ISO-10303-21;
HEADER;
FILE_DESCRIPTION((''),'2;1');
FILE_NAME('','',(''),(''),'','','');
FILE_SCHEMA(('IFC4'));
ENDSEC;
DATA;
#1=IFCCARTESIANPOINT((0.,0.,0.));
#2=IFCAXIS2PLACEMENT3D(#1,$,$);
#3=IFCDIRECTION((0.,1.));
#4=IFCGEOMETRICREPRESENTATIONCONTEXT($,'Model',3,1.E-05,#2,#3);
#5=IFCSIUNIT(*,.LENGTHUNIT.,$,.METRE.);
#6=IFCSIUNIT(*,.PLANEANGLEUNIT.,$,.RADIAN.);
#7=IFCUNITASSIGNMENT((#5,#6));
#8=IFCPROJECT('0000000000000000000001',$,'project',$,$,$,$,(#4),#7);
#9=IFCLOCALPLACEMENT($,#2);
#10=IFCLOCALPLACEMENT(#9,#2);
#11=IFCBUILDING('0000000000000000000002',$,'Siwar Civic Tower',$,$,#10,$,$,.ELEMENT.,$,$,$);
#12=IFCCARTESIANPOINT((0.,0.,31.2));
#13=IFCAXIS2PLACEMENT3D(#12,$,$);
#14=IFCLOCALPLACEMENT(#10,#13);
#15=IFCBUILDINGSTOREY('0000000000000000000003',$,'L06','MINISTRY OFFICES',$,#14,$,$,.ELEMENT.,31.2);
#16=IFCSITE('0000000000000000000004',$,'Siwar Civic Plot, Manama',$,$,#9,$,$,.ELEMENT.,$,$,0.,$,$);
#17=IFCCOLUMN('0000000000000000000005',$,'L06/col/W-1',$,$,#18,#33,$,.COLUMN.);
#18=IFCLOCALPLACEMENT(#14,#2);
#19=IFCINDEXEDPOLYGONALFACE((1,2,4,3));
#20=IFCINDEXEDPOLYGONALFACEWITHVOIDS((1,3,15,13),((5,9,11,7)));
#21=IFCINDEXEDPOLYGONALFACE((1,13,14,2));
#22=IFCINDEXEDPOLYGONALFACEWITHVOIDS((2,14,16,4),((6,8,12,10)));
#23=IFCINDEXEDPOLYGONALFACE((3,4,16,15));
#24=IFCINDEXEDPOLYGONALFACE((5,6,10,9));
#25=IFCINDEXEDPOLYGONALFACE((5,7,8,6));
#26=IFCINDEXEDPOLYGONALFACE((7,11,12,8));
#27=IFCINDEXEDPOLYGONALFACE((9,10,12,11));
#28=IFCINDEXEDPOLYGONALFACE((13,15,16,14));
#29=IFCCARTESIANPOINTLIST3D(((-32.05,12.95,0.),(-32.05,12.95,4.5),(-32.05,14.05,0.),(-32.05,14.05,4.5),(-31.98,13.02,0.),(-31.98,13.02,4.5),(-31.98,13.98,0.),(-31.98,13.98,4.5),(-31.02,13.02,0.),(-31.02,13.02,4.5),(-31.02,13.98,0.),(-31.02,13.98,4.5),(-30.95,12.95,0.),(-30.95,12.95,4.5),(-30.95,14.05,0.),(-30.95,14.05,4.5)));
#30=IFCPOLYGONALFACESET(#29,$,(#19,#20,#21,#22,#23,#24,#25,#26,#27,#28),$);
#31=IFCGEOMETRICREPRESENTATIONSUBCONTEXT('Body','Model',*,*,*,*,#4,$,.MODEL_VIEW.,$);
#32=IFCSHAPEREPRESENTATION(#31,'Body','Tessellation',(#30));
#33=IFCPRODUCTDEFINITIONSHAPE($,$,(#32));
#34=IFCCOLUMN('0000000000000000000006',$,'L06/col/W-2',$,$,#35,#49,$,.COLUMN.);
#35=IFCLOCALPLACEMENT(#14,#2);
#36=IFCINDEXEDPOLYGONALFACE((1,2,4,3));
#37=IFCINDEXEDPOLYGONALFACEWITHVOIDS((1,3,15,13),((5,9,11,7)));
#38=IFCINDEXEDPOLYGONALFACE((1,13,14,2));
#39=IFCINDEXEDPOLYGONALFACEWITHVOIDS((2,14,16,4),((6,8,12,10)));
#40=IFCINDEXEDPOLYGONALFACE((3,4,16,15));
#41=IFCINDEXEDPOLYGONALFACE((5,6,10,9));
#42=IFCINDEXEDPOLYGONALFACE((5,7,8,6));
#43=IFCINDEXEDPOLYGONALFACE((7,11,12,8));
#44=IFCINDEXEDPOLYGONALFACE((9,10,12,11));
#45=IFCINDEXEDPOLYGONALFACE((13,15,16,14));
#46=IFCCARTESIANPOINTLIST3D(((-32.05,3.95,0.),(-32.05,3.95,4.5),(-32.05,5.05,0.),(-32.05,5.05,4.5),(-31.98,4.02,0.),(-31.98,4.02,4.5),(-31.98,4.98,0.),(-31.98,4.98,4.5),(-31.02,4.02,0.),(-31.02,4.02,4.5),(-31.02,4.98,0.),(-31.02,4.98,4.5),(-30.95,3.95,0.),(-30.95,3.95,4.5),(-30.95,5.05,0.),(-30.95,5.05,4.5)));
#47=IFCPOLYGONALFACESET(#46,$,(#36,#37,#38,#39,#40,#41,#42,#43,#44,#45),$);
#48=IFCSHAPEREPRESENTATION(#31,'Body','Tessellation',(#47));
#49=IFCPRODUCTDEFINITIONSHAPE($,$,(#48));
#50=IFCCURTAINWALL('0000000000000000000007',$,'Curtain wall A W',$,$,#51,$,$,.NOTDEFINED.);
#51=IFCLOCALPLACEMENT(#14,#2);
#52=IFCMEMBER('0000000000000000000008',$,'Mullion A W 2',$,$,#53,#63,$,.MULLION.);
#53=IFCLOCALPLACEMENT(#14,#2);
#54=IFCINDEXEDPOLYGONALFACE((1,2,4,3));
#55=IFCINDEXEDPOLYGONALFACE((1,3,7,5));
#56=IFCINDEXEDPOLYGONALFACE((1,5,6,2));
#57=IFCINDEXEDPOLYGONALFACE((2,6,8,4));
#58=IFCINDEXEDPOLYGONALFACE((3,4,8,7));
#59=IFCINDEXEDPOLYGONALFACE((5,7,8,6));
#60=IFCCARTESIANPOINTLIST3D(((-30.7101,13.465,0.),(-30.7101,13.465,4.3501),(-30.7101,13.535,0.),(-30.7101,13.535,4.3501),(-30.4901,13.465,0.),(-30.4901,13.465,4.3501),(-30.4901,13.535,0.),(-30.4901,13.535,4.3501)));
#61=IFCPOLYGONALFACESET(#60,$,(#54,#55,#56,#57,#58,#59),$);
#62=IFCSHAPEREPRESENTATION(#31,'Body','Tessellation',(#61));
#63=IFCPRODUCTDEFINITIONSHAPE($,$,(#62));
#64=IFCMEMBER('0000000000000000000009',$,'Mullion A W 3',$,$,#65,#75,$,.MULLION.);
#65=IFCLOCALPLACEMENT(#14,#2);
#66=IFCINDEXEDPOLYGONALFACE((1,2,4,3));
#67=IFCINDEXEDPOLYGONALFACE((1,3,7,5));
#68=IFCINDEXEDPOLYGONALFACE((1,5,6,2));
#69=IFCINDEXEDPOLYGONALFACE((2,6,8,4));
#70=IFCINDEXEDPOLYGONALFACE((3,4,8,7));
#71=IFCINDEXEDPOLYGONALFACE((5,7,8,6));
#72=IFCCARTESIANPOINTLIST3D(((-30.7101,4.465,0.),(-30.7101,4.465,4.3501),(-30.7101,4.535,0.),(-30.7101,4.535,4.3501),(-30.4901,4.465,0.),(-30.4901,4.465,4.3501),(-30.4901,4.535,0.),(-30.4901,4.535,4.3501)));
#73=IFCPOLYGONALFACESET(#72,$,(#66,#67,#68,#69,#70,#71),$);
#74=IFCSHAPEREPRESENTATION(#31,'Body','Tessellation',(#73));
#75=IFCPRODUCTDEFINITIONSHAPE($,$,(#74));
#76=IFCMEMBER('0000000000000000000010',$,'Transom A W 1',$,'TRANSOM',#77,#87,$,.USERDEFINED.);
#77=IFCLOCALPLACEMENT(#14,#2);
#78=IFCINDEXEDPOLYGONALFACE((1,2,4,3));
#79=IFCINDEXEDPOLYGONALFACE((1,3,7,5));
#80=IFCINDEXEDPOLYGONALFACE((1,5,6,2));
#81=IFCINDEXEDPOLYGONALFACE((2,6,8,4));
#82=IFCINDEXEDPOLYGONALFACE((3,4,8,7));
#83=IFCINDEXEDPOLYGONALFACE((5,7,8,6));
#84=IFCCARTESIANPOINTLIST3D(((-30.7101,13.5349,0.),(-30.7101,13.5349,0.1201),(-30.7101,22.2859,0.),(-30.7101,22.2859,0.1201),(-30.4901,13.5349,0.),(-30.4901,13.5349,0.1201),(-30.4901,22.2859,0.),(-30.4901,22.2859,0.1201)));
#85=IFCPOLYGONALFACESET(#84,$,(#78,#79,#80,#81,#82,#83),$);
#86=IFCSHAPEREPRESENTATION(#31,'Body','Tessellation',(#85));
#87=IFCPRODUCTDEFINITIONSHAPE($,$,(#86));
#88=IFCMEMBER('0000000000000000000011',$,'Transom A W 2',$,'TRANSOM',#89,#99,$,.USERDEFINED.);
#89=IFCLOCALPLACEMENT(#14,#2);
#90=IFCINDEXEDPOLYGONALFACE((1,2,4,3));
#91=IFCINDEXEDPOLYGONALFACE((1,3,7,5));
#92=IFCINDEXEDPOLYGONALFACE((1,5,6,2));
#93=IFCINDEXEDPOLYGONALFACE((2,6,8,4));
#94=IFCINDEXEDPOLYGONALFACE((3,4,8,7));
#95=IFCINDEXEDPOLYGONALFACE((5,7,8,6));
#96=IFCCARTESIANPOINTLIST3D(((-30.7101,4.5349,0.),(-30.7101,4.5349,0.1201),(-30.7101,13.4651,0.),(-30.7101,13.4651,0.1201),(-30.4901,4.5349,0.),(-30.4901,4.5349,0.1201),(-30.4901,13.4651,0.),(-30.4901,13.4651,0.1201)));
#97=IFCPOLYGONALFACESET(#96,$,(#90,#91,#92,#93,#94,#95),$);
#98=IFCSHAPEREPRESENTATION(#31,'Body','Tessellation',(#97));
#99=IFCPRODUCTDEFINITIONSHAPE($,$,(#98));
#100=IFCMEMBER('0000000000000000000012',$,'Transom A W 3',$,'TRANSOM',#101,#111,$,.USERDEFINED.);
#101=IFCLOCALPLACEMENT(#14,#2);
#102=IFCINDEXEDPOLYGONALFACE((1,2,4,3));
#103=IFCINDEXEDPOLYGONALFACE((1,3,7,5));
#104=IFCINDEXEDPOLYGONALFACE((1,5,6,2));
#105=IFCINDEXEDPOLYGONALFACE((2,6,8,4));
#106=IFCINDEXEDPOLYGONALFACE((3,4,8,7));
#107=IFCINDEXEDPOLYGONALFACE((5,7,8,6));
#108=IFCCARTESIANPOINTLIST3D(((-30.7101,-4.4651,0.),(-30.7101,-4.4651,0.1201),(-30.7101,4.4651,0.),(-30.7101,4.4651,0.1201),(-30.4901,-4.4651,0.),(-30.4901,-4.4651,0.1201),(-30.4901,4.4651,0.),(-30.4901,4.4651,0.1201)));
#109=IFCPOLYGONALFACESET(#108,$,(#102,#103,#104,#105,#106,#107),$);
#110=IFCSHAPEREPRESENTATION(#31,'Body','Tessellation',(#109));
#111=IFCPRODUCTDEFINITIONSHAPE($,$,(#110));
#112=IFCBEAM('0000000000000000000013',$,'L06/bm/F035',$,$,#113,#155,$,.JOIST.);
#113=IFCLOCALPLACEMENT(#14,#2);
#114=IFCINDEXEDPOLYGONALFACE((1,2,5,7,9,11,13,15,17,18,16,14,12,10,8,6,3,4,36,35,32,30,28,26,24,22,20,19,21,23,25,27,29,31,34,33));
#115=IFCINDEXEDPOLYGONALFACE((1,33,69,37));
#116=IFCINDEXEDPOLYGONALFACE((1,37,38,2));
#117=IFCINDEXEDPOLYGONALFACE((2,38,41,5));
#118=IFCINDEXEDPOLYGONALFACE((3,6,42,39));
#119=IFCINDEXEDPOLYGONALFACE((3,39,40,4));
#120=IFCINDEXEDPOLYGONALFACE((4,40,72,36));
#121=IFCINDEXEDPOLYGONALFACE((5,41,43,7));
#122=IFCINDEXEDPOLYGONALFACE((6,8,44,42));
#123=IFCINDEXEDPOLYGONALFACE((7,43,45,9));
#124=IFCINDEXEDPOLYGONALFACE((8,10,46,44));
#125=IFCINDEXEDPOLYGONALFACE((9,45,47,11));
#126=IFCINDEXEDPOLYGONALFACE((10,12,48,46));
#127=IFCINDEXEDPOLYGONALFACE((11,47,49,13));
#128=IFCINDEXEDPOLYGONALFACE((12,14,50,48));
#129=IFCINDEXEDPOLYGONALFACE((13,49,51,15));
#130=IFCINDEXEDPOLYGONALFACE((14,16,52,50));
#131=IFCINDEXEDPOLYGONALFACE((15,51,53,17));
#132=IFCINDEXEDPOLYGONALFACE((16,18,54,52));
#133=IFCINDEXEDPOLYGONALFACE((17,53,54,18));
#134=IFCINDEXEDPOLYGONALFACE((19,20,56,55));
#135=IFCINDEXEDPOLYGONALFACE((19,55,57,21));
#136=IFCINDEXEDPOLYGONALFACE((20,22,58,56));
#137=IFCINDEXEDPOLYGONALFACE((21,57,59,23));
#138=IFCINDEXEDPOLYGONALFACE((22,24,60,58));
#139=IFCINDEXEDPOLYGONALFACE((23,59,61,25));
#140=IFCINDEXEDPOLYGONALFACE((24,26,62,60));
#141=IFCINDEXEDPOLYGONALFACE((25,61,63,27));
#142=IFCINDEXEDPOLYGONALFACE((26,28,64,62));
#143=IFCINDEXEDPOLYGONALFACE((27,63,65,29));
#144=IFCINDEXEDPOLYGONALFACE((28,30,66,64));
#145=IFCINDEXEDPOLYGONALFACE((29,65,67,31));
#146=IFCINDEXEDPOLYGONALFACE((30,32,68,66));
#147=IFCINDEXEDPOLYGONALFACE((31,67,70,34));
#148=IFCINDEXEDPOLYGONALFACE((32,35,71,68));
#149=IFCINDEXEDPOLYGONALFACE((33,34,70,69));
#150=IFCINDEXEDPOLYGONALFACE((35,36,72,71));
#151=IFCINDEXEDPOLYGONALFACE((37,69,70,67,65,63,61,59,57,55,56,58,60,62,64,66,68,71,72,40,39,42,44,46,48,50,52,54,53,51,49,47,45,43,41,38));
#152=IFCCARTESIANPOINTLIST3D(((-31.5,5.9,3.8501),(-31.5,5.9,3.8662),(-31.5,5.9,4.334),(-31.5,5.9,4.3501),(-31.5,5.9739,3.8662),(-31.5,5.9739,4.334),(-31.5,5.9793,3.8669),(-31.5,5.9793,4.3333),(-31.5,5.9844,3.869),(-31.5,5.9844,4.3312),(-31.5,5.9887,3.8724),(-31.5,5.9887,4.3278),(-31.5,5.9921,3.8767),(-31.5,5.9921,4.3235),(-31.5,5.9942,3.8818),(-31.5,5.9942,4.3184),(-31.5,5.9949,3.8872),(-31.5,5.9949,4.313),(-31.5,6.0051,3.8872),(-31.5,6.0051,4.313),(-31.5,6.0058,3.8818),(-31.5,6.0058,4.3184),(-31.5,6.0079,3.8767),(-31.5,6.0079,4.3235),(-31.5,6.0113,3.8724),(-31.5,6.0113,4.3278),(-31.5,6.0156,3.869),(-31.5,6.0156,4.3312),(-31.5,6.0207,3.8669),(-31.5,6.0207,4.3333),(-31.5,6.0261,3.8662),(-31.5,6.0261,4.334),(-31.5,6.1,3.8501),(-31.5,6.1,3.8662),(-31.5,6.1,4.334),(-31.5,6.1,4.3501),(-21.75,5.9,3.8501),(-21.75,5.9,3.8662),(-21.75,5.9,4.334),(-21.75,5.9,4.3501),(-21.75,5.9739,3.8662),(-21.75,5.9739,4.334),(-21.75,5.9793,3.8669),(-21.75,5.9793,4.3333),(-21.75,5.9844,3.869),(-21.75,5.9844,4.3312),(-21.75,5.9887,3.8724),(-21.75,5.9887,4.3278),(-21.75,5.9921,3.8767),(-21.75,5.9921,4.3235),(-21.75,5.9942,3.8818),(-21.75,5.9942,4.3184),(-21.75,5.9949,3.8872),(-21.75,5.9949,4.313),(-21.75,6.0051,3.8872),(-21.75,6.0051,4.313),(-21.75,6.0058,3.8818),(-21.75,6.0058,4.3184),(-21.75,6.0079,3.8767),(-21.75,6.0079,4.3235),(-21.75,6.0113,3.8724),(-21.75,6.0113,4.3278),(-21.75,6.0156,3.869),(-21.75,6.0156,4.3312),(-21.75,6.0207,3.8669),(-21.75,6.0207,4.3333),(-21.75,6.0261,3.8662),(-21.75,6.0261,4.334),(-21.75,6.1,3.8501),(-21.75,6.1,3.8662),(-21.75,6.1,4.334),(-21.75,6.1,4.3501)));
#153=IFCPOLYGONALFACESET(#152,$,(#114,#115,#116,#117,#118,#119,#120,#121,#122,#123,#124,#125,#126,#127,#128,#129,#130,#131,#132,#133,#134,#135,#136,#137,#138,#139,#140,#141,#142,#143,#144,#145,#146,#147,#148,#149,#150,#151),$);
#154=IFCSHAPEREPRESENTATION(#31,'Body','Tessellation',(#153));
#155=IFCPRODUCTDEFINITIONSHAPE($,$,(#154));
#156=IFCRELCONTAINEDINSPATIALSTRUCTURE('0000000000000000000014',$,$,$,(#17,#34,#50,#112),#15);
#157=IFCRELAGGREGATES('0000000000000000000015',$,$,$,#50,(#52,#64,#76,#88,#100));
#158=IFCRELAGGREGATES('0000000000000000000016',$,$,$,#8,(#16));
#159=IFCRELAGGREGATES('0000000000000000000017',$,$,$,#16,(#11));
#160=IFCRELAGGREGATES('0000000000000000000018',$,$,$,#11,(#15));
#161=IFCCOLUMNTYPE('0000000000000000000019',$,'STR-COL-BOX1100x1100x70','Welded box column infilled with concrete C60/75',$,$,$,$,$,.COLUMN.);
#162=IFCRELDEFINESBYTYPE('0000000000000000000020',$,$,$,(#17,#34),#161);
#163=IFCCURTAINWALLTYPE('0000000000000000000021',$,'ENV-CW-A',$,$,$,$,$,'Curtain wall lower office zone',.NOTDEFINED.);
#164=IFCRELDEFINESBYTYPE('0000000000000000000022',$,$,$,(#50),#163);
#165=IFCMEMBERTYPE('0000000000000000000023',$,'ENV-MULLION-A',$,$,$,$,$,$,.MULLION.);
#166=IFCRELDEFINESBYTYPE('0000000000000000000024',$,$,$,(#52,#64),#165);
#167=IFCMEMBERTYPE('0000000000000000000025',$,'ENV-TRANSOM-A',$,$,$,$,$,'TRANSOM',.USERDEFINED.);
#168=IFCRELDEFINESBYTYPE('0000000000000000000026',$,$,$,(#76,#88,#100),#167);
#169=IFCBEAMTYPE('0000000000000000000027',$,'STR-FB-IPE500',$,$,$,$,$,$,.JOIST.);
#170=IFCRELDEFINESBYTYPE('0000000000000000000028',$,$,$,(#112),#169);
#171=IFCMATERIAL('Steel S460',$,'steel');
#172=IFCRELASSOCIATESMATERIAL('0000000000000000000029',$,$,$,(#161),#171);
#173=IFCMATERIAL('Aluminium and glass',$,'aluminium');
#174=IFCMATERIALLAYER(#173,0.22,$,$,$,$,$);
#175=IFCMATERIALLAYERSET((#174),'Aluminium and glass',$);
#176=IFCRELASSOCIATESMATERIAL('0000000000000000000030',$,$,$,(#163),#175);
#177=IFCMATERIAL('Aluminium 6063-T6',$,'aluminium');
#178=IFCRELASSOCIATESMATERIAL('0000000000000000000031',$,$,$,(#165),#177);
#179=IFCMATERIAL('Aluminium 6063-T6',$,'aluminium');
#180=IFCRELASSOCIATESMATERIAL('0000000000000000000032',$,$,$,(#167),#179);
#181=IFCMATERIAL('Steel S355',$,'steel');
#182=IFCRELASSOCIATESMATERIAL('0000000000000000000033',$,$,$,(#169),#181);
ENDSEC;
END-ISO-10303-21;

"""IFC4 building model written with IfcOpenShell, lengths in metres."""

from ifc_helpers import new_model, si_unit, direction, frame, origin, origin_2d, place, context, subcontext, project, spatial, rectangle, hollow_rectangle, i_section, extrude, material, layer, layer_set, material_profile, profile_set, type_object, element, aggregate, save


model = new_model("IFC4")

# Units and contexts
model_context = context("Model", 3, precision=1e-05, world=origin(), true_north=direction((0.0, 1.0)))
body_context = subcontext(model_context, "Body", "Model", "MODEL_VIEW")
ifc_project = project(units=[si_unit("LENGTHUNIT", "METRE"), si_unit("PLANEANGLEUNIT", "RADIAN")], contexts=[model_context])

# Site, building, storey
site_placement = place(None, origin())
site = spatial("IfcSite", under=ifc_project, at=site_placement, Name="Siwar Civic Plot, Manama", CompositionType="ELEMENT", RefElevation=0.0)
building_placement = place(site_placement, origin())
building = spatial("IfcBuilding", under=site, at=building_placement, Name="Siwar Civic Tower", CompositionType="ELEMENT")
storey_placement = place(building_placement, frame((0.0, 0.0, 31.2)))
storey = spatial("IfcBuildingStorey", under=building, at=storey_placement, Name="L06", Description="MINISTRY OFFICES", CompositionType="ELEMENT", Elevation=31.2)

# Columns
ifc_material_1 = material(Name="Steel S460", Category="steel")
ifc_material_profile_1 = material_profile(ifc_material_1, hollow_rectangle(XDim=1.1001, YDim=1.1001, WallThickness=0.0701, at=origin_2d()), Name="BOX1100x1100x70")
ifc_profile_set_1 = profile_set([ifc_material_profile_1], Name="Steel S460")
column_type = type_object("IfcColumnType", Name="STR-COL-BOX1100x1100x70", Description="Welded box column infilled with concrete C60/75", PredefinedType="COLUMN", material=ifc_profile_set_1)
for number, where, z_axis, x_axis, name in (
    (1, (-31.5, 13.5, 0.0), (0.0, 0.0, 1.0), (1.0, 0.0, 0.0), "L06/col/W-1"),
    (2, (-31.5, 4.5, 0.0), (0.0, 0.0, 1.0), (1.0, 0.0, 0.0), "L06/col/W-2"),
):
    element("IfcColumn", number, at=place(storey_placement, frame(where, z_axis=z_axis, x_axis=x_axis)), inside=storey, type_object=column_type, Name=name, PredefinedType="COLUMN", context=body_context, shape_type="SweptSolid", body=[
        extrude(hollow_rectangle(XDim=1.1001, YDim=1.1001, WallThickness=0.0701, at=origin_2d()), origin(), (0.0, 0.0, 1.0), 4.5),
    ])

# Curtain wall, members
ifc_material_2 = material(Name="Aluminium and glass", Category="aluminium")
ifc_layer_1 = layer(ifc_material_2, 0.22)
ifc_layer_set_1 = layer_set([ifc_layer_1], Name="Aluminium and glass")
curtain_wall_type = type_object("IfcCurtainWallType", Name="ENV-CW-A", ElementType="Curtain wall lower office zone", PredefinedType="NOTDEFINED", material=ifc_layer_set_1)
curtain_wall_placement = place(storey_placement, origin())
curtain_wall = element("IfcCurtainWall", 3, at=curtain_wall_placement, inside=storey, type_object=curtain_wall_type, Name="Curtain wall A W", PredefinedType="NOTDEFINED")
ifc_material_3 = material(Name="Aluminium 6063-T6", Category="aluminium")
ifc_material_profile_2 = material_profile(ifc_material_3, rectangle(XDim=0.22, YDim=0.0701, at=origin_2d()), Name="AL 220x70")
ifc_profile_set_2 = profile_set([ifc_material_profile_2], Name="Aluminium 6063-T6")
member_type_1 = type_object("IfcMemberType", Name="ENV-MULLION-A", PredefinedType="MULLION", material=ifc_profile_set_2)
member_1_placement = place(storey_placement, frame((-30.6001, 13.5, 0.0), z_axis=(0.0, 0.0, 1.0), x_axis=(1.0, 0.0, 0.0)))
member_1 = element("IfcMember", 4, at=member_1_placement, type_object=member_type_1, Name="Mullion A W 2", PredefinedType="MULLION", context=body_context, shape_type="SweptSolid", body=[
    extrude(rectangle(XDim=0.22, YDim=0.0701, at=origin_2d()), origin(), (0.0, 0.0, 1.0), 4.3501),
])
member_2_placement = place(storey_placement, frame((-30.6001, 4.5, 0.0), z_axis=(0.0, 0.0, 1.0), x_axis=(1.0, 0.0, 0.0)))
member_2 = element("IfcMember", 5, at=member_2_placement, type_object=member_type_1, Name="Mullion A W 3", PredefinedType="MULLION", context=body_context, shape_type="SweptSolid", body=[
    extrude(rectangle(XDim=0.22, YDim=0.0701, at=origin_2d()), origin(), (0.0, 0.0, 1.0), 4.3501),
])
ifc_material_4 = material(Name="Aluminium 6063-T6", Category="aluminium")
ifc_material_profile_3 = material_profile(ifc_material_4, rectangle(XDim=0.22, YDim=0.1201, at=origin_2d()), Name="AL 220x120")
ifc_profile_set_3 = profile_set([ifc_material_profile_3], Name="Aluminium 6063-T6")
member_type_2 = type_object("IfcMemberType", Name="ENV-TRANSOM-A", ElementType="TRANSOM", PredefinedType="USERDEFINED", material=ifc_profile_set_3)
member_3_placement = place(storey_placement, frame((-30.6001, 22.2859, 0.0601), z_axis=(0.0, -1.0, 0.0), x_axis=(1.0, 0.0, 0.0)))
member_3 = element("IfcMember", 6, at=member_3_placement, type_object=member_type_2, Name="Transom A W 1", ObjectType="TRANSOM", PredefinedType="USERDEFINED", context=body_context, shape_type="SweptSolid", body=[
    extrude(rectangle(XDim=0.22, YDim=0.1201, at=origin_2d()), origin(), (0.0, 0.0, 1.0), 8.751),
])
member_4_placement = place(storey_placement, frame((-30.6001, 13.4651, 0.0601), z_axis=(0.0, -1.0, 0.0), x_axis=(1.0, 0.0, 0.0)))
member_4 = element("IfcMember", 7, at=member_4_placement, type_object=member_type_2, Name="Transom A W 2", ObjectType="TRANSOM", PredefinedType="USERDEFINED", context=body_context, shape_type="SweptSolid", body=[
    extrude(rectangle(XDim=0.22, YDim=0.1201, at=origin_2d()), origin(), (0.0, 0.0, 1.0), 8.9302),
])
member_5_placement = place(storey_placement, frame((-30.6001, 4.4651, 0.0601), z_axis=(0.0, -1.0, 0.0), x_axis=(1.0, 0.0, 0.0)))
member_5 = element("IfcMember", 8, at=member_5_placement, type_object=member_type_2, Name="Transom A W 3", ObjectType="TRANSOM", PredefinedType="USERDEFINED", context=body_context, shape_type="SweptSolid", body=[
    extrude(rectangle(XDim=0.22, YDim=0.1201, at=origin_2d()), origin(), (0.0, 0.0, 1.0), 8.9302),
])

# Beam
ifc_material_5 = material(Name="Steel S355", Category="steel")
ifc_material_profile_4 = material_profile(ifc_material_5, i_section(OverallWidth=0.2, OverallDepth=0.5, WebThickness=0.0103, FlangeThickness=0.0161, FilletRadius=0.021, at=origin_2d()), Name="IPE500")
ifc_profile_set_4 = profile_set([ifc_material_profile_4], Name="Steel S355")
beam_type_1 = type_object("IfcBeamType", Name="STR-FB-IPE500", PredefinedType="JOIST", material=ifc_profile_set_4)
beam_1_placement = place(storey_placement, frame((-31.5, 6.0, 4.1001), z_axis=(1.0, 0.0, 0.0), x_axis=(0.0, 1.0, 0.0)))
element("IfcBeam", 9, at=beam_1_placement, inside=storey, type_object=beam_type_1, Name="L06/bm/F035", PredefinedType="JOIST", context=body_context, shape_type="SweptSolid", body=[
    extrude(i_section(OverallWidth=0.2, OverallDepth=0.5, WebThickness=0.0103, FlangeThickness=0.0161, FilletRadius=0.021, at=origin_2d()), origin(), (0.0, 0.0, 1.0), 9.75),
])

aggregate(curtain_wall, [member_1, member_2, member_3, member_4, member_5])

save(model, "model.ifc")
